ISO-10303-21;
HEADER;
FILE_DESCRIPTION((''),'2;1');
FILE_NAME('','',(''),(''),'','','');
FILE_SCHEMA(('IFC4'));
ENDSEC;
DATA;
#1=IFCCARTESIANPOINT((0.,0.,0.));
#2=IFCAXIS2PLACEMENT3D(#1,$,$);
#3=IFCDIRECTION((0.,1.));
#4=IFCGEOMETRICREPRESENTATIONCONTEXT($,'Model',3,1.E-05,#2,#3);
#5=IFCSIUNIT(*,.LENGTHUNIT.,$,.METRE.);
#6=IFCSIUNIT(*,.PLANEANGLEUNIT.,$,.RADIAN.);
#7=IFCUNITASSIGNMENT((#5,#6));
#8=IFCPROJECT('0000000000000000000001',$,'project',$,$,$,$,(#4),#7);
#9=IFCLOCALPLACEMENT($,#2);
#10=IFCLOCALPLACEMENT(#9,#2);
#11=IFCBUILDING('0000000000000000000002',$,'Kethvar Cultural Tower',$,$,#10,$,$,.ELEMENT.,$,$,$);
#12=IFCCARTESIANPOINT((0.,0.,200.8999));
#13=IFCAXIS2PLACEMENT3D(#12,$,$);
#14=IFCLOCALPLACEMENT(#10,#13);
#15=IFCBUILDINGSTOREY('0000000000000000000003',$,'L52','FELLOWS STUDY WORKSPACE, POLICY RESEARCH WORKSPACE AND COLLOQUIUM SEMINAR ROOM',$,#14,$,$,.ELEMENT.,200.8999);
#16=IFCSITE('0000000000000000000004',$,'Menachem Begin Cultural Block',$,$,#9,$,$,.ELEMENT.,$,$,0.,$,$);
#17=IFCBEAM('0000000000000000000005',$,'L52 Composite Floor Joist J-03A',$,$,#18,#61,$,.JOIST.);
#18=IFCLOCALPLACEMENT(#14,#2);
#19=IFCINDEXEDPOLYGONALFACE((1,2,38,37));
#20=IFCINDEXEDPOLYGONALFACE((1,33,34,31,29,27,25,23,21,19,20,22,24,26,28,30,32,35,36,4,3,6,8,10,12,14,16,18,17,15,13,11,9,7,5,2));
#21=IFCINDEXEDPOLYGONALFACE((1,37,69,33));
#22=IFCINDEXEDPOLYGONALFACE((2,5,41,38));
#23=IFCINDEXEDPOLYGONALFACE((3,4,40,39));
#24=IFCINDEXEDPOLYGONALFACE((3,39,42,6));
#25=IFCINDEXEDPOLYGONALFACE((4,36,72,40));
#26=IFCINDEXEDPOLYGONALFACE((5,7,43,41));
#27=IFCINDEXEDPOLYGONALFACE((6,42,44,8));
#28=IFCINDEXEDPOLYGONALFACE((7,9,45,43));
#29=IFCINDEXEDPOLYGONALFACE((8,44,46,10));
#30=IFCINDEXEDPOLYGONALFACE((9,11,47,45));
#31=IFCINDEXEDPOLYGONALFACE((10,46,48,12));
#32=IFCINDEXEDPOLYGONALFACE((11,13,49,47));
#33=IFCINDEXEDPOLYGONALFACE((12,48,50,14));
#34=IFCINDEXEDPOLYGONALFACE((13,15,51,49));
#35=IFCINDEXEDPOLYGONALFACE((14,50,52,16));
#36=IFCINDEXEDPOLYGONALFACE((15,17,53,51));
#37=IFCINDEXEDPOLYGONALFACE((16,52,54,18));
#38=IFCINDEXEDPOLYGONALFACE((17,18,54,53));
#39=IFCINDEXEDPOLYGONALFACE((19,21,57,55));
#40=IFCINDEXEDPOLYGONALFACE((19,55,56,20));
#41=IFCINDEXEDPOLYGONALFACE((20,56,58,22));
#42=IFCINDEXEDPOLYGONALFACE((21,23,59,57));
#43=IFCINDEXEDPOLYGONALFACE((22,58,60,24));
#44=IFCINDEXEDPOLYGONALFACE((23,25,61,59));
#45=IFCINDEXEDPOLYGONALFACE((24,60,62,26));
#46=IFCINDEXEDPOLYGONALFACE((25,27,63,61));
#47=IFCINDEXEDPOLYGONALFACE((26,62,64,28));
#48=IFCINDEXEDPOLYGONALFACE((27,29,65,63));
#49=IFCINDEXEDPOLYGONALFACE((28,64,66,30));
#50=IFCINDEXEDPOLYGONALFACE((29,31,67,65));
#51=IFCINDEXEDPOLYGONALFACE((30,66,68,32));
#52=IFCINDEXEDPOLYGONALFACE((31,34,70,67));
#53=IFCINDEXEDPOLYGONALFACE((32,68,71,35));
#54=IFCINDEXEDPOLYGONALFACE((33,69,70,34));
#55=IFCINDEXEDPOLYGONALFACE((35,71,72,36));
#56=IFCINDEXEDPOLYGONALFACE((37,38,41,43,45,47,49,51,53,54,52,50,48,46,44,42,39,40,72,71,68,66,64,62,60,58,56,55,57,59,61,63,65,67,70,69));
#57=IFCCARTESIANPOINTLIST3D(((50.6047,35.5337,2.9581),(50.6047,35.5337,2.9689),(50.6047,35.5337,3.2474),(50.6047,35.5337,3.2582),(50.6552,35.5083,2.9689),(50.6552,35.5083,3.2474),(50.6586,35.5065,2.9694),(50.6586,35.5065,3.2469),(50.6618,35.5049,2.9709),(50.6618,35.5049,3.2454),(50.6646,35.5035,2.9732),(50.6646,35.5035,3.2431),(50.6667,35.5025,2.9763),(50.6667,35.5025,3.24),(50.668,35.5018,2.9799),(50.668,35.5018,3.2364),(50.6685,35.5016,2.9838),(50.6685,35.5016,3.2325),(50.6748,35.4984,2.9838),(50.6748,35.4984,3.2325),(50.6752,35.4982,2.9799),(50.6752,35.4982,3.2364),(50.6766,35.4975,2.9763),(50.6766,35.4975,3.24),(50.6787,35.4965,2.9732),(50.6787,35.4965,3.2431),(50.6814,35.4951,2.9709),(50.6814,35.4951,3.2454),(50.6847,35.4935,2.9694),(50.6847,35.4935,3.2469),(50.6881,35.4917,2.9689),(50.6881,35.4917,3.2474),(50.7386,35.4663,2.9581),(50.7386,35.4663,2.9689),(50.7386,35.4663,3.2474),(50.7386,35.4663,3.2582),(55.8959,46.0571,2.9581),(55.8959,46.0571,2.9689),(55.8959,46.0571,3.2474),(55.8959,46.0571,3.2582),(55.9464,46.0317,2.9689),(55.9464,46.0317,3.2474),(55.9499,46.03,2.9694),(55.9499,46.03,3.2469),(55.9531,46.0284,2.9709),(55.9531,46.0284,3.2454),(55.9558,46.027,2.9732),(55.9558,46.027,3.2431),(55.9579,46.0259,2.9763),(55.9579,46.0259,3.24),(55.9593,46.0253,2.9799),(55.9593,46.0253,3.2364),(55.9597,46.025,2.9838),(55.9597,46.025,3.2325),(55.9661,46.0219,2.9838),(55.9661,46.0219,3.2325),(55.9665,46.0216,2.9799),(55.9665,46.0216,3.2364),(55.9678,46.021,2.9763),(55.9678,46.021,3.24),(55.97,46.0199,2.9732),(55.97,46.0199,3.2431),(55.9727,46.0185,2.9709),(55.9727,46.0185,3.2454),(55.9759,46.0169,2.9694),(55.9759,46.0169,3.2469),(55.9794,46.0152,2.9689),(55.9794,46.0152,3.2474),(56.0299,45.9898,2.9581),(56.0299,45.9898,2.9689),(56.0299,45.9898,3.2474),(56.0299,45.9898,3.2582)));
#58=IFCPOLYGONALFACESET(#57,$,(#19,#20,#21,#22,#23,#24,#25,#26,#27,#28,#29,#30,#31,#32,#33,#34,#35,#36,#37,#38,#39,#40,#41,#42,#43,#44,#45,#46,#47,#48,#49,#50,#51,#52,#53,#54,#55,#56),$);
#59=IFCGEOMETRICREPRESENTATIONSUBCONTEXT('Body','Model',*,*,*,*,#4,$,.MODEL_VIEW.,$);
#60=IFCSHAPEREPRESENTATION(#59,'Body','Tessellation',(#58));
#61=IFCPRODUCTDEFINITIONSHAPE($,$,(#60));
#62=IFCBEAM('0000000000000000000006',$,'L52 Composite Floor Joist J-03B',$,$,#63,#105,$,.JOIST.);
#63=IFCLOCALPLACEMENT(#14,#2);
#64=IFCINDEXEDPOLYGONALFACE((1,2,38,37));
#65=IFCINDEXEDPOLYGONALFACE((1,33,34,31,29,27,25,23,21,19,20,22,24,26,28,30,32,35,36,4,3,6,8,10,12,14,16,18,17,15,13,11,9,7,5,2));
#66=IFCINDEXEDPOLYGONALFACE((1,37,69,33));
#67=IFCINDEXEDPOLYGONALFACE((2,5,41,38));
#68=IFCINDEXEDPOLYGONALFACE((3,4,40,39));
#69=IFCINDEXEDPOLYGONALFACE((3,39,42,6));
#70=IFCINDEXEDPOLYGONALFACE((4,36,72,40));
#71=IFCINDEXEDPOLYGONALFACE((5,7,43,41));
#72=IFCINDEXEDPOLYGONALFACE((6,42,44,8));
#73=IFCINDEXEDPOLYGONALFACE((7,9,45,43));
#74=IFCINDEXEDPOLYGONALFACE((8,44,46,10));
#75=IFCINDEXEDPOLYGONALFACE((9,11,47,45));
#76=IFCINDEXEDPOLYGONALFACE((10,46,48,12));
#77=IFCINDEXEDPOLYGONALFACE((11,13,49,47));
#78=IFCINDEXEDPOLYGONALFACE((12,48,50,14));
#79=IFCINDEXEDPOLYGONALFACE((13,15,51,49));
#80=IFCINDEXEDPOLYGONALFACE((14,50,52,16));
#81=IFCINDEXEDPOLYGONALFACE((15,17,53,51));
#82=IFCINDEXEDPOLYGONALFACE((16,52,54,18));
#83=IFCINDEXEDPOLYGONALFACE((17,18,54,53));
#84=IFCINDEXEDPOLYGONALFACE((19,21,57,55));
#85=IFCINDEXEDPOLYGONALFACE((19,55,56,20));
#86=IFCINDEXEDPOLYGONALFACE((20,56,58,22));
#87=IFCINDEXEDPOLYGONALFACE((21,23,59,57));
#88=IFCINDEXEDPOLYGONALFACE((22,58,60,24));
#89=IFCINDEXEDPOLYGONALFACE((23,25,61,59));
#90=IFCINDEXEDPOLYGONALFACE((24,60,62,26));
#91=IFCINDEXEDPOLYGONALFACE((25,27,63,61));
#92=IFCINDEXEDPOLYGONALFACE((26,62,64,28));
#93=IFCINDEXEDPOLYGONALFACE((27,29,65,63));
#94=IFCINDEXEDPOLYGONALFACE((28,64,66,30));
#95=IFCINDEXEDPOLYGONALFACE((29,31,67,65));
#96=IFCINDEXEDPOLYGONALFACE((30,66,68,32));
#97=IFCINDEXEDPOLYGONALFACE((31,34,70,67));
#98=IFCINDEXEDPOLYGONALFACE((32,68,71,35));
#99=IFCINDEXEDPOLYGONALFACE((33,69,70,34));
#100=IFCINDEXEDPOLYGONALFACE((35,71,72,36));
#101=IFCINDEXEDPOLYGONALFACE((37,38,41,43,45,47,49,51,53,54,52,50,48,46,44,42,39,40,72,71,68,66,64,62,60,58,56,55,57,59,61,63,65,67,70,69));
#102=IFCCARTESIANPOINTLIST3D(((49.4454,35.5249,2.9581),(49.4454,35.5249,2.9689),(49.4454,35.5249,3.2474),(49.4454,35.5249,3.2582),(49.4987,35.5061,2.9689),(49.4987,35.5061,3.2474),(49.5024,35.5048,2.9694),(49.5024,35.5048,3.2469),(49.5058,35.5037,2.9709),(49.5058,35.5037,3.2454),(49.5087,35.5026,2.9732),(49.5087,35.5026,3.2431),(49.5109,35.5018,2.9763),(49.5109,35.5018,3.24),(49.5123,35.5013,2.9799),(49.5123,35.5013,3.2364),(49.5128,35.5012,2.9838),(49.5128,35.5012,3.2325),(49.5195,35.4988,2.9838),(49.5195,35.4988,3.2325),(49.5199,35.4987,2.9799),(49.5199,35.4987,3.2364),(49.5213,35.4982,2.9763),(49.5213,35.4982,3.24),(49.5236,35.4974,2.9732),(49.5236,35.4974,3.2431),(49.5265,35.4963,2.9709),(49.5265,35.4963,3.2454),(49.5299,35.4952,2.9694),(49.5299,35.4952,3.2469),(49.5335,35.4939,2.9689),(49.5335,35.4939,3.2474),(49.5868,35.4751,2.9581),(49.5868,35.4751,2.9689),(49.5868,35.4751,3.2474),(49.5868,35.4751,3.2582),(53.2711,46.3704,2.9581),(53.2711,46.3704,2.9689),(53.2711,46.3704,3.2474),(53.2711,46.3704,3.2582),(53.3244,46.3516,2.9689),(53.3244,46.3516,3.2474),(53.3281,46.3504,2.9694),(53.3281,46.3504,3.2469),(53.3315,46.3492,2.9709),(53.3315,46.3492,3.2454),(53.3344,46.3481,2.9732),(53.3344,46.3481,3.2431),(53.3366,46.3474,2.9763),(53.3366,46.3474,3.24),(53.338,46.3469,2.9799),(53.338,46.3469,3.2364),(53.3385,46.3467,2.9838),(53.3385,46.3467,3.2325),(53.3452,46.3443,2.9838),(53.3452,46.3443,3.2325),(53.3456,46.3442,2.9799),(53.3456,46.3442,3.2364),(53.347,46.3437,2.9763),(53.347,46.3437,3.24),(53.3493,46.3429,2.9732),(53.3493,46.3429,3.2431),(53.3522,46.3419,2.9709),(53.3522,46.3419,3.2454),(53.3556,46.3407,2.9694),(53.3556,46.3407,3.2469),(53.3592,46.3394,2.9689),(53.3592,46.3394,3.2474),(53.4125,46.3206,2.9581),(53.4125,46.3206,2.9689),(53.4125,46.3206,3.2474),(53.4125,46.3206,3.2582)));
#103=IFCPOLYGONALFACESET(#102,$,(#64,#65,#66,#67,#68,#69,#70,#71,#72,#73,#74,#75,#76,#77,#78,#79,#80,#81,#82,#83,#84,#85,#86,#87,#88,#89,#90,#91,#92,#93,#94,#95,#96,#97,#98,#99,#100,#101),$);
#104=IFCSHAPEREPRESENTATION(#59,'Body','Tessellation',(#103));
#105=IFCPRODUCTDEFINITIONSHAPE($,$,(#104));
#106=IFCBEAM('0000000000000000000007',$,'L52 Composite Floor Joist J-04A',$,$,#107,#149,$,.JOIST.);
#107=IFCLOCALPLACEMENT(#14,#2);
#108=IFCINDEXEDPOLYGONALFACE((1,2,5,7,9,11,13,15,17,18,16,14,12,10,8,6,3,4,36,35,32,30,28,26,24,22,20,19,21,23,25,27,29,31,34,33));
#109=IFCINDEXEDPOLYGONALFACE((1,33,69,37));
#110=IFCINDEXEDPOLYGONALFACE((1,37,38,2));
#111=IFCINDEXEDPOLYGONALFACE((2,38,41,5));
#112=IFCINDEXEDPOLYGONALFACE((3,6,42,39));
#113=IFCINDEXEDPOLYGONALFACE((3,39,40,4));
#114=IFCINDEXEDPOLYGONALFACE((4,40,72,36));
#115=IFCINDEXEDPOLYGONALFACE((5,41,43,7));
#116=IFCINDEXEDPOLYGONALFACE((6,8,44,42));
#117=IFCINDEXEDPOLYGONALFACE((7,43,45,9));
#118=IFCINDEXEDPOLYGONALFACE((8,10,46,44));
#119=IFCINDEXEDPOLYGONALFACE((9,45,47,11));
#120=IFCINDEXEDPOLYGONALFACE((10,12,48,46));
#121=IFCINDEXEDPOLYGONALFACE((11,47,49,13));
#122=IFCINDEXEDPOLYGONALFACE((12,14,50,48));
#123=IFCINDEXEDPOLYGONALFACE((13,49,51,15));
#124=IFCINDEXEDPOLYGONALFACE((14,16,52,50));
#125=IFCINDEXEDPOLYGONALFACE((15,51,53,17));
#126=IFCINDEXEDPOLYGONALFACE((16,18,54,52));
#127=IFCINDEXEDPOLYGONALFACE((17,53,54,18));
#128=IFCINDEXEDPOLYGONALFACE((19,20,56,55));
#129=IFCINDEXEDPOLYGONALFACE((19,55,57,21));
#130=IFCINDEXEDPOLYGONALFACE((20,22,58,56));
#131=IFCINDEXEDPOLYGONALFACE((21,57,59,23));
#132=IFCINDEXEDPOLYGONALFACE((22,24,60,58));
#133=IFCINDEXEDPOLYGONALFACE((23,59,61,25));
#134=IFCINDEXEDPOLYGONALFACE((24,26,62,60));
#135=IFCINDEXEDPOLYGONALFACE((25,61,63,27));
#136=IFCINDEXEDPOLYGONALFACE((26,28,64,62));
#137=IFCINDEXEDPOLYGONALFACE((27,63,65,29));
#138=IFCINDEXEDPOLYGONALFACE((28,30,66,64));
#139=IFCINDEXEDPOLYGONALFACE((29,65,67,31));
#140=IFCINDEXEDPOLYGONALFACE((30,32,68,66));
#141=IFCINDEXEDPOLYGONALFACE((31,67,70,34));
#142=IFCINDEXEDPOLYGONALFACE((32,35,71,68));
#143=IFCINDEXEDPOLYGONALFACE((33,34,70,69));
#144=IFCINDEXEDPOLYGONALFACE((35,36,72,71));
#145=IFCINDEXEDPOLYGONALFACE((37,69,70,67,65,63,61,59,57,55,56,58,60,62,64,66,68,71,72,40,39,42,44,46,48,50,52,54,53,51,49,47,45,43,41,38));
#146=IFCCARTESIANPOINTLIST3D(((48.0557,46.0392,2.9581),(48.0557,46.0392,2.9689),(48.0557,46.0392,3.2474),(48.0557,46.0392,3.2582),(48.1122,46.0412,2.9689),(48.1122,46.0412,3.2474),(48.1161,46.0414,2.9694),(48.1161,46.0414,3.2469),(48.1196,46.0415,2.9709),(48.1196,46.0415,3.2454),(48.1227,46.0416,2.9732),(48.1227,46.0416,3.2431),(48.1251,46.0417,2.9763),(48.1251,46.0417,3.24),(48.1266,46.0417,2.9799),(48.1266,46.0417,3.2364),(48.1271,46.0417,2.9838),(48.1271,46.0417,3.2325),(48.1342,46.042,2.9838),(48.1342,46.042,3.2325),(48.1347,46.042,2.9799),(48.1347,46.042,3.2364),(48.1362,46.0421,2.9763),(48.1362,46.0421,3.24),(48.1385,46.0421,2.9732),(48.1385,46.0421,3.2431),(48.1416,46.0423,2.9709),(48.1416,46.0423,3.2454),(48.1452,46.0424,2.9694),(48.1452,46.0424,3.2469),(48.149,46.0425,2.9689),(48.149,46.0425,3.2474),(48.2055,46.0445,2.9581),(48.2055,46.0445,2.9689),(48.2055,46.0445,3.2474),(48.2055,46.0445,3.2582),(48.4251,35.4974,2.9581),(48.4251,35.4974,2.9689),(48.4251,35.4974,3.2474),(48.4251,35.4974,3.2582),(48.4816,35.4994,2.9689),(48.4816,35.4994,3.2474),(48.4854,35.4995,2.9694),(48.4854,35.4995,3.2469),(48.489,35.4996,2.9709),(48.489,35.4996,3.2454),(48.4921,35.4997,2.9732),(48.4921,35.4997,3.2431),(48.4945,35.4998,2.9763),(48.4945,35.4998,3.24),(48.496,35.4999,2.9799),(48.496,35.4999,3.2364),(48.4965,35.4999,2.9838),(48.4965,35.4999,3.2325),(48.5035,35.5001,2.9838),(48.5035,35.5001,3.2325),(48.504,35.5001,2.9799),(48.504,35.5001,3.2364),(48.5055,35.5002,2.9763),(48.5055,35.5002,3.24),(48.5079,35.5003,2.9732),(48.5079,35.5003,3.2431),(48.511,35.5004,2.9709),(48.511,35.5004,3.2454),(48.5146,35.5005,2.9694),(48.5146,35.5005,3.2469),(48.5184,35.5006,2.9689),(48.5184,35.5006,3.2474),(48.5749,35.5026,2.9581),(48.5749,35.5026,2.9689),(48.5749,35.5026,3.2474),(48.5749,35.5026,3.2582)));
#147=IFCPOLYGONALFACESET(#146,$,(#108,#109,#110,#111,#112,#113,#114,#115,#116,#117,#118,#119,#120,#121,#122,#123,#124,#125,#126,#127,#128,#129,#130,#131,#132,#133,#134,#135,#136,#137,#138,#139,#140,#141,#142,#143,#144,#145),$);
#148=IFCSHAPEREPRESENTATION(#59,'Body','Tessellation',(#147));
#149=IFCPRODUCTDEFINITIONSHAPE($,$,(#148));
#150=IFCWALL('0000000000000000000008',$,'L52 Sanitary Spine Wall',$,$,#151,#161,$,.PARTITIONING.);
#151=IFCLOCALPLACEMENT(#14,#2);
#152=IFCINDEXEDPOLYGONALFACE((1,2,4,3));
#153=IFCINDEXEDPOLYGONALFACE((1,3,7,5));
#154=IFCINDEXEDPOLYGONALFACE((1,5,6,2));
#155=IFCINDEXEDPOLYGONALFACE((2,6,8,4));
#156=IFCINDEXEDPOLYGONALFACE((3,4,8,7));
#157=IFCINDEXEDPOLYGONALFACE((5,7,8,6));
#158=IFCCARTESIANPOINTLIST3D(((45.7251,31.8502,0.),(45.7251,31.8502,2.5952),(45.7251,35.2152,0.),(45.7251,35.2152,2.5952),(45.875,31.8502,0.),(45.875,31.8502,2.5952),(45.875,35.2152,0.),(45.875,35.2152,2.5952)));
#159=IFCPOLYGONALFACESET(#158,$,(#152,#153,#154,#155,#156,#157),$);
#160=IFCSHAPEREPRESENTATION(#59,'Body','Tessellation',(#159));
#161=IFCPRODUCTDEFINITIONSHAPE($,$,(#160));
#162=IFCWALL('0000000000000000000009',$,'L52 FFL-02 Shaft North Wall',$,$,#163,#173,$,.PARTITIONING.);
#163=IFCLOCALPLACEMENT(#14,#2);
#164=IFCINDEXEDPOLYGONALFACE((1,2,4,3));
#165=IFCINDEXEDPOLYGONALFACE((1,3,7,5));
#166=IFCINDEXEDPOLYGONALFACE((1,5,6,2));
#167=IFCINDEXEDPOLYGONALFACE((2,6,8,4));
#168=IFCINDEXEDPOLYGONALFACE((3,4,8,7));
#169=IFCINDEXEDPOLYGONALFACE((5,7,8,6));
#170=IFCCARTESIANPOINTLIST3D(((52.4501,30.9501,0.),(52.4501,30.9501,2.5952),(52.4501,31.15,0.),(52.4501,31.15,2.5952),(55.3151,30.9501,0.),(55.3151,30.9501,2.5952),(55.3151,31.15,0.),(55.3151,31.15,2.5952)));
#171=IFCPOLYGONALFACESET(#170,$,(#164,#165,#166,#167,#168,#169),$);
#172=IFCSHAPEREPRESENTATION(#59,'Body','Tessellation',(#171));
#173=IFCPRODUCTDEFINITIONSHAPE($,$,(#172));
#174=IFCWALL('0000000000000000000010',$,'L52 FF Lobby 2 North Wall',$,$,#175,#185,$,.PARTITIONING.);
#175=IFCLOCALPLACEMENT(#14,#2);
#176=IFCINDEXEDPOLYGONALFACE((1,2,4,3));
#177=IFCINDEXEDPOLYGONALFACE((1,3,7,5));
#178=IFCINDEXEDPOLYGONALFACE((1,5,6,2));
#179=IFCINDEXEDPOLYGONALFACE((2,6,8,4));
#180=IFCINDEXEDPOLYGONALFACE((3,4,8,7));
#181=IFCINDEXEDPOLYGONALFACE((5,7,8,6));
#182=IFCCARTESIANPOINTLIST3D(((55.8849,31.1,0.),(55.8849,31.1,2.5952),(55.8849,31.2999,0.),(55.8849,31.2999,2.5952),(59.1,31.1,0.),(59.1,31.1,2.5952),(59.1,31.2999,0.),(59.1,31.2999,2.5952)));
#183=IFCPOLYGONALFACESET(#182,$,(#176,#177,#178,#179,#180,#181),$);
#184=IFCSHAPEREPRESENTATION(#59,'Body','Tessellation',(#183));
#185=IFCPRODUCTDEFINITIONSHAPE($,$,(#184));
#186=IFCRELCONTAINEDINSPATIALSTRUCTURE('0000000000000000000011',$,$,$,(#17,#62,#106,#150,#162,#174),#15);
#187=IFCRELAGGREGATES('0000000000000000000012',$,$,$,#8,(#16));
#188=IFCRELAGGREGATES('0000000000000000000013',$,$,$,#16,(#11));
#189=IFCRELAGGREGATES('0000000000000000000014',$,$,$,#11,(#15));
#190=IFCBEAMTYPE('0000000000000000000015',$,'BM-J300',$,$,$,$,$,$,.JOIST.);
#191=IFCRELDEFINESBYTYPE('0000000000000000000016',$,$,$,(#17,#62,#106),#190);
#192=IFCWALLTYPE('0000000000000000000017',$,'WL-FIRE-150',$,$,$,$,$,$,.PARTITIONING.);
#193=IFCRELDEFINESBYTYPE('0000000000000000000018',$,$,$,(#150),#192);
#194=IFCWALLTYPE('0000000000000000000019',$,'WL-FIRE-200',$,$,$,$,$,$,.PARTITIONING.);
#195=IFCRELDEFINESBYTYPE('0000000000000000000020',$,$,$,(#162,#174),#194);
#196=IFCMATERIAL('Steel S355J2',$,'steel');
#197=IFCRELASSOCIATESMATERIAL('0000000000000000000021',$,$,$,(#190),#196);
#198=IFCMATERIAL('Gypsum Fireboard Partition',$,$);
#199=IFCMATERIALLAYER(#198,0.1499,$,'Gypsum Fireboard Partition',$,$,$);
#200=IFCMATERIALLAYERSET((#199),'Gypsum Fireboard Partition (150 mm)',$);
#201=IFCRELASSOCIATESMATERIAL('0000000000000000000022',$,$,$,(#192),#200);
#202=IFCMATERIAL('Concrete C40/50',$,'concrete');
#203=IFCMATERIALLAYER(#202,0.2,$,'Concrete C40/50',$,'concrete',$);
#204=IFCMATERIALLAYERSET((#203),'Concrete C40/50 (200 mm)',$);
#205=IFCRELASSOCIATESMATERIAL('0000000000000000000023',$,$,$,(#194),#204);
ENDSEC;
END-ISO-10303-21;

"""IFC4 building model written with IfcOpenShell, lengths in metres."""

from ifc_helpers import new_model, si_unit, direction, frame, frame_2d, origin, origin_2d, place, context, subcontext, project, spatial, rectangle, i_section, extrude, source, transform, mapped, material, layer, layer_set, material_profile, profile_set, type_object, element, save


model = new_model("IFC4")

# Units and contexts
model_context = context("Model", 3, precision=1e-05, world=origin(), true_north=direction((0.0, 1.0)))
body_context = subcontext(model_context, "Body", "Model", "MODEL_VIEW")
ifc_project = project(units=[si_unit("LENGTHUNIT", "METRE"), si_unit("PLANEANGLEUNIT", "RADIAN")], contexts=[model_context])

# Site, building, storey
site_placement = place(None, origin())
site = spatial("IfcSite", under=ifc_project, at=site_placement, Name="Menachem Begin Cultural Block", CompositionType="ELEMENT", RefElevation=0.0)
building_placement = place(site_placement, origin())
building = spatial("IfcBuilding", under=site, at=building_placement, Name="Kethvar Cultural Tower", CompositionType="ELEMENT")
storey_placement = place(building_placement, frame((0.0, 0.0, 200.8999)))
storey = spatial("IfcBuildingStorey", under=building, at=storey_placement, Name="L52", Description="FELLOWS STUDY WORKSPACE, POLICY RESEARCH WORKSPACE AND COLLOQUIUM SEMINAR ROOM", CompositionType="ELEMENT", Elevation=200.8999)

# Beams
ifc_material_1 = material(Name="Steel S355J2", Category="steel")
ifc_material_profile_1 = material_profile(ifc_material_1, i_section(OverallWidth=0.1499, OverallDepth=0.3, WebThickness=0.0071, FlangeThickness=0.0107, FilletRadius=0.0149, at=origin_2d()), Name="Steel S355J2 — IPE300")
ifc_profile_set_1 = profile_set([ifc_material_profile_1], Name="Steel S355J2 — IPE300")
beam_type_1 = type_object("IfcBeamType", Name="BM-J300", PredefinedType="JOIST", material=ifc_profile_set_1)
shared_shape_1 = source(origin(), body_context, "Body", "SweptSolid", [
    extrude(i_section(OverallWidth=0.1499, OverallDepth=0.3, WebThickness=0.0071, FlangeThickness=0.0107, FilletRadius=0.0149, at=origin_2d()), origin(), (0.0, 0.0, 1.0), 11.7788),
])
beam_1_placement = place(storey_placement, frame((50.6716, 35.5, 3.1082), z_axis=(0.449219, 0.893422, 0.0), x_axis=(-0.893422, 0.449219, 0.0)))
element("IfcBeam", 1, at=beam_1_placement, inside=storey, type_object=beam_type_1, Name="L52 Composite Floor Joist J-03A", PredefinedType="JOIST", context=body_context, shape_type="MappedRepresentation", body=[
    mapped(shared_shape_1, transform((0.0, 0.0, 0.0), scale=1.0)),
])
shared_shape_2 = source(origin(), body_context, "Body", "SweptSolid", [
    extrude(i_section(OverallWidth=0.1499, OverallDepth=0.3, WebThickness=0.0071, FlangeThickness=0.0107, FilletRadius=0.0149, at=origin_2d()), origin(), (0.0, 0.0, 1.0), 11.5005),
])
beam_2_placement = place(storey_placement, frame((49.5161, 35.5, 3.1082), z_axis=(0.332656, 0.943048, 0.0), x_axis=(-0.943048, 0.332656, 0.0)))
element("IfcBeam", 2, at=beam_2_placement, inside=storey, type_object=beam_type_1, Name="L52 Composite Floor Joist J-03B", PredefinedType="JOIST", context=body_context, shape_type="MappedRepresentation", body=[
    mapped(shared_shape_2, transform((0.0, 0.0, 0.0), scale=1.0)),
])
shared_shape_3 = source(origin(), body_context, "Body", "SweptSolid", [
    extrude(i_section(OverallWidth=0.1499, OverallDepth=0.3, WebThickness=0.0071, FlangeThickness=0.0107, FilletRadius=0.0149, at=origin_2d()), origin(), (0.0, 0.0, 1.0), 10.5483),
])
beam_3_placement = place(storey_placement, frame((48.5, 35.5, 3.1082), z_axis=(-0.035018, 0.999387, 0.0), x_axis=(-0.999387, -0.035018, 0.0)))
element("IfcBeam", 3, at=beam_3_placement, inside=storey, type_object=beam_type_1, Name="L52 Composite Floor Joist J-04A", PredefinedType="JOIST", context=body_context, shape_type="MappedRepresentation", body=[
    mapped(shared_shape_3, transform((0.0, 0.0, 0.0), scale=1.0)),
])

# Walls
ifc_material_2 = material(Name="Gypsum Fireboard Partition")
ifc_layer_1 = layer(ifc_material_2, 0.1499, Name="Gypsum Fireboard Partition")
ifc_layer_set_1 = layer_set([ifc_layer_1], Name="Gypsum Fireboard Partition (150 mm)")
wall_type_1 = type_object("IfcWallType", Name="WL-FIRE-150", PredefinedType="PARTITIONING", material=ifc_layer_set_1)
wall_1_placement = place(storey_placement, frame((45.8, 31.8501, 0.0), z_axis=(0.0, 0.0, 1.0), x_axis=(0.0, 1.0, 0.0)))
element("IfcWall", 4, at=wall_1_placement, inside=storey, type_object=wall_type_1, Name="L52 Sanitary Spine Wall", PredefinedType="PARTITIONING", context=body_context, shape_type="SweptSolid", body=[
    extrude(rectangle(XDim=3.365, YDim=0.1499, at=frame_2d((1.6826, 0.0))), origin(), (0.0, 0.0, 1.0), 2.5952),
])
ifc_material_3 = material(Name="Concrete C40/50", Category="concrete")
ifc_layer_2 = layer(ifc_material_3, 0.2, Name="Concrete C40/50", Category="concrete")
ifc_layer_set_2 = layer_set([ifc_layer_2], Name="Concrete C40/50 (200 mm)")
wall_type_2 = type_object("IfcWallType", Name="WL-FIRE-200", PredefinedType="PARTITIONING", material=ifc_layer_set_2)
wall_2_placement = place(storey_placement, frame((52.45, 31.05, 0.0), z_axis=(0.0, 0.0, 1.0), x_axis=(1.0, 0.0, 0.0)))
element("IfcWall", 5, at=wall_2_placement, inside=storey, type_object=wall_type_2, Name="L52 FFL-02 Shaft North Wall", PredefinedType="PARTITIONING", context=body_context, shape_type="SweptSolid", body=[
    extrude(rectangle(XDim=2.865, YDim=0.2, at=frame_2d((1.4326, 0.0))), origin(), (0.0, 0.0, 1.0), 2.5952),
])
wall_3_placement = place(storey_placement, frame((55.885, 31.2, 0.0), z_axis=(0.0, 0.0, 1.0), x_axis=(1.0, 0.0, 0.0)))
element("IfcWall", 6, at=wall_3_placement, inside=storey, type_object=wall_type_2, Name="L52 FF Lobby 2 North Wall", PredefinedType="PARTITIONING", context=body_context, shape_type="SweptSolid", body=[
    extrude(rectangle(XDim=3.2151, YDim=0.2, at=frame_2d((1.6074, 0.0))), origin(), (0.0, 0.0, 1.0), 2.5952),
])

save(model, "model.ifc")
